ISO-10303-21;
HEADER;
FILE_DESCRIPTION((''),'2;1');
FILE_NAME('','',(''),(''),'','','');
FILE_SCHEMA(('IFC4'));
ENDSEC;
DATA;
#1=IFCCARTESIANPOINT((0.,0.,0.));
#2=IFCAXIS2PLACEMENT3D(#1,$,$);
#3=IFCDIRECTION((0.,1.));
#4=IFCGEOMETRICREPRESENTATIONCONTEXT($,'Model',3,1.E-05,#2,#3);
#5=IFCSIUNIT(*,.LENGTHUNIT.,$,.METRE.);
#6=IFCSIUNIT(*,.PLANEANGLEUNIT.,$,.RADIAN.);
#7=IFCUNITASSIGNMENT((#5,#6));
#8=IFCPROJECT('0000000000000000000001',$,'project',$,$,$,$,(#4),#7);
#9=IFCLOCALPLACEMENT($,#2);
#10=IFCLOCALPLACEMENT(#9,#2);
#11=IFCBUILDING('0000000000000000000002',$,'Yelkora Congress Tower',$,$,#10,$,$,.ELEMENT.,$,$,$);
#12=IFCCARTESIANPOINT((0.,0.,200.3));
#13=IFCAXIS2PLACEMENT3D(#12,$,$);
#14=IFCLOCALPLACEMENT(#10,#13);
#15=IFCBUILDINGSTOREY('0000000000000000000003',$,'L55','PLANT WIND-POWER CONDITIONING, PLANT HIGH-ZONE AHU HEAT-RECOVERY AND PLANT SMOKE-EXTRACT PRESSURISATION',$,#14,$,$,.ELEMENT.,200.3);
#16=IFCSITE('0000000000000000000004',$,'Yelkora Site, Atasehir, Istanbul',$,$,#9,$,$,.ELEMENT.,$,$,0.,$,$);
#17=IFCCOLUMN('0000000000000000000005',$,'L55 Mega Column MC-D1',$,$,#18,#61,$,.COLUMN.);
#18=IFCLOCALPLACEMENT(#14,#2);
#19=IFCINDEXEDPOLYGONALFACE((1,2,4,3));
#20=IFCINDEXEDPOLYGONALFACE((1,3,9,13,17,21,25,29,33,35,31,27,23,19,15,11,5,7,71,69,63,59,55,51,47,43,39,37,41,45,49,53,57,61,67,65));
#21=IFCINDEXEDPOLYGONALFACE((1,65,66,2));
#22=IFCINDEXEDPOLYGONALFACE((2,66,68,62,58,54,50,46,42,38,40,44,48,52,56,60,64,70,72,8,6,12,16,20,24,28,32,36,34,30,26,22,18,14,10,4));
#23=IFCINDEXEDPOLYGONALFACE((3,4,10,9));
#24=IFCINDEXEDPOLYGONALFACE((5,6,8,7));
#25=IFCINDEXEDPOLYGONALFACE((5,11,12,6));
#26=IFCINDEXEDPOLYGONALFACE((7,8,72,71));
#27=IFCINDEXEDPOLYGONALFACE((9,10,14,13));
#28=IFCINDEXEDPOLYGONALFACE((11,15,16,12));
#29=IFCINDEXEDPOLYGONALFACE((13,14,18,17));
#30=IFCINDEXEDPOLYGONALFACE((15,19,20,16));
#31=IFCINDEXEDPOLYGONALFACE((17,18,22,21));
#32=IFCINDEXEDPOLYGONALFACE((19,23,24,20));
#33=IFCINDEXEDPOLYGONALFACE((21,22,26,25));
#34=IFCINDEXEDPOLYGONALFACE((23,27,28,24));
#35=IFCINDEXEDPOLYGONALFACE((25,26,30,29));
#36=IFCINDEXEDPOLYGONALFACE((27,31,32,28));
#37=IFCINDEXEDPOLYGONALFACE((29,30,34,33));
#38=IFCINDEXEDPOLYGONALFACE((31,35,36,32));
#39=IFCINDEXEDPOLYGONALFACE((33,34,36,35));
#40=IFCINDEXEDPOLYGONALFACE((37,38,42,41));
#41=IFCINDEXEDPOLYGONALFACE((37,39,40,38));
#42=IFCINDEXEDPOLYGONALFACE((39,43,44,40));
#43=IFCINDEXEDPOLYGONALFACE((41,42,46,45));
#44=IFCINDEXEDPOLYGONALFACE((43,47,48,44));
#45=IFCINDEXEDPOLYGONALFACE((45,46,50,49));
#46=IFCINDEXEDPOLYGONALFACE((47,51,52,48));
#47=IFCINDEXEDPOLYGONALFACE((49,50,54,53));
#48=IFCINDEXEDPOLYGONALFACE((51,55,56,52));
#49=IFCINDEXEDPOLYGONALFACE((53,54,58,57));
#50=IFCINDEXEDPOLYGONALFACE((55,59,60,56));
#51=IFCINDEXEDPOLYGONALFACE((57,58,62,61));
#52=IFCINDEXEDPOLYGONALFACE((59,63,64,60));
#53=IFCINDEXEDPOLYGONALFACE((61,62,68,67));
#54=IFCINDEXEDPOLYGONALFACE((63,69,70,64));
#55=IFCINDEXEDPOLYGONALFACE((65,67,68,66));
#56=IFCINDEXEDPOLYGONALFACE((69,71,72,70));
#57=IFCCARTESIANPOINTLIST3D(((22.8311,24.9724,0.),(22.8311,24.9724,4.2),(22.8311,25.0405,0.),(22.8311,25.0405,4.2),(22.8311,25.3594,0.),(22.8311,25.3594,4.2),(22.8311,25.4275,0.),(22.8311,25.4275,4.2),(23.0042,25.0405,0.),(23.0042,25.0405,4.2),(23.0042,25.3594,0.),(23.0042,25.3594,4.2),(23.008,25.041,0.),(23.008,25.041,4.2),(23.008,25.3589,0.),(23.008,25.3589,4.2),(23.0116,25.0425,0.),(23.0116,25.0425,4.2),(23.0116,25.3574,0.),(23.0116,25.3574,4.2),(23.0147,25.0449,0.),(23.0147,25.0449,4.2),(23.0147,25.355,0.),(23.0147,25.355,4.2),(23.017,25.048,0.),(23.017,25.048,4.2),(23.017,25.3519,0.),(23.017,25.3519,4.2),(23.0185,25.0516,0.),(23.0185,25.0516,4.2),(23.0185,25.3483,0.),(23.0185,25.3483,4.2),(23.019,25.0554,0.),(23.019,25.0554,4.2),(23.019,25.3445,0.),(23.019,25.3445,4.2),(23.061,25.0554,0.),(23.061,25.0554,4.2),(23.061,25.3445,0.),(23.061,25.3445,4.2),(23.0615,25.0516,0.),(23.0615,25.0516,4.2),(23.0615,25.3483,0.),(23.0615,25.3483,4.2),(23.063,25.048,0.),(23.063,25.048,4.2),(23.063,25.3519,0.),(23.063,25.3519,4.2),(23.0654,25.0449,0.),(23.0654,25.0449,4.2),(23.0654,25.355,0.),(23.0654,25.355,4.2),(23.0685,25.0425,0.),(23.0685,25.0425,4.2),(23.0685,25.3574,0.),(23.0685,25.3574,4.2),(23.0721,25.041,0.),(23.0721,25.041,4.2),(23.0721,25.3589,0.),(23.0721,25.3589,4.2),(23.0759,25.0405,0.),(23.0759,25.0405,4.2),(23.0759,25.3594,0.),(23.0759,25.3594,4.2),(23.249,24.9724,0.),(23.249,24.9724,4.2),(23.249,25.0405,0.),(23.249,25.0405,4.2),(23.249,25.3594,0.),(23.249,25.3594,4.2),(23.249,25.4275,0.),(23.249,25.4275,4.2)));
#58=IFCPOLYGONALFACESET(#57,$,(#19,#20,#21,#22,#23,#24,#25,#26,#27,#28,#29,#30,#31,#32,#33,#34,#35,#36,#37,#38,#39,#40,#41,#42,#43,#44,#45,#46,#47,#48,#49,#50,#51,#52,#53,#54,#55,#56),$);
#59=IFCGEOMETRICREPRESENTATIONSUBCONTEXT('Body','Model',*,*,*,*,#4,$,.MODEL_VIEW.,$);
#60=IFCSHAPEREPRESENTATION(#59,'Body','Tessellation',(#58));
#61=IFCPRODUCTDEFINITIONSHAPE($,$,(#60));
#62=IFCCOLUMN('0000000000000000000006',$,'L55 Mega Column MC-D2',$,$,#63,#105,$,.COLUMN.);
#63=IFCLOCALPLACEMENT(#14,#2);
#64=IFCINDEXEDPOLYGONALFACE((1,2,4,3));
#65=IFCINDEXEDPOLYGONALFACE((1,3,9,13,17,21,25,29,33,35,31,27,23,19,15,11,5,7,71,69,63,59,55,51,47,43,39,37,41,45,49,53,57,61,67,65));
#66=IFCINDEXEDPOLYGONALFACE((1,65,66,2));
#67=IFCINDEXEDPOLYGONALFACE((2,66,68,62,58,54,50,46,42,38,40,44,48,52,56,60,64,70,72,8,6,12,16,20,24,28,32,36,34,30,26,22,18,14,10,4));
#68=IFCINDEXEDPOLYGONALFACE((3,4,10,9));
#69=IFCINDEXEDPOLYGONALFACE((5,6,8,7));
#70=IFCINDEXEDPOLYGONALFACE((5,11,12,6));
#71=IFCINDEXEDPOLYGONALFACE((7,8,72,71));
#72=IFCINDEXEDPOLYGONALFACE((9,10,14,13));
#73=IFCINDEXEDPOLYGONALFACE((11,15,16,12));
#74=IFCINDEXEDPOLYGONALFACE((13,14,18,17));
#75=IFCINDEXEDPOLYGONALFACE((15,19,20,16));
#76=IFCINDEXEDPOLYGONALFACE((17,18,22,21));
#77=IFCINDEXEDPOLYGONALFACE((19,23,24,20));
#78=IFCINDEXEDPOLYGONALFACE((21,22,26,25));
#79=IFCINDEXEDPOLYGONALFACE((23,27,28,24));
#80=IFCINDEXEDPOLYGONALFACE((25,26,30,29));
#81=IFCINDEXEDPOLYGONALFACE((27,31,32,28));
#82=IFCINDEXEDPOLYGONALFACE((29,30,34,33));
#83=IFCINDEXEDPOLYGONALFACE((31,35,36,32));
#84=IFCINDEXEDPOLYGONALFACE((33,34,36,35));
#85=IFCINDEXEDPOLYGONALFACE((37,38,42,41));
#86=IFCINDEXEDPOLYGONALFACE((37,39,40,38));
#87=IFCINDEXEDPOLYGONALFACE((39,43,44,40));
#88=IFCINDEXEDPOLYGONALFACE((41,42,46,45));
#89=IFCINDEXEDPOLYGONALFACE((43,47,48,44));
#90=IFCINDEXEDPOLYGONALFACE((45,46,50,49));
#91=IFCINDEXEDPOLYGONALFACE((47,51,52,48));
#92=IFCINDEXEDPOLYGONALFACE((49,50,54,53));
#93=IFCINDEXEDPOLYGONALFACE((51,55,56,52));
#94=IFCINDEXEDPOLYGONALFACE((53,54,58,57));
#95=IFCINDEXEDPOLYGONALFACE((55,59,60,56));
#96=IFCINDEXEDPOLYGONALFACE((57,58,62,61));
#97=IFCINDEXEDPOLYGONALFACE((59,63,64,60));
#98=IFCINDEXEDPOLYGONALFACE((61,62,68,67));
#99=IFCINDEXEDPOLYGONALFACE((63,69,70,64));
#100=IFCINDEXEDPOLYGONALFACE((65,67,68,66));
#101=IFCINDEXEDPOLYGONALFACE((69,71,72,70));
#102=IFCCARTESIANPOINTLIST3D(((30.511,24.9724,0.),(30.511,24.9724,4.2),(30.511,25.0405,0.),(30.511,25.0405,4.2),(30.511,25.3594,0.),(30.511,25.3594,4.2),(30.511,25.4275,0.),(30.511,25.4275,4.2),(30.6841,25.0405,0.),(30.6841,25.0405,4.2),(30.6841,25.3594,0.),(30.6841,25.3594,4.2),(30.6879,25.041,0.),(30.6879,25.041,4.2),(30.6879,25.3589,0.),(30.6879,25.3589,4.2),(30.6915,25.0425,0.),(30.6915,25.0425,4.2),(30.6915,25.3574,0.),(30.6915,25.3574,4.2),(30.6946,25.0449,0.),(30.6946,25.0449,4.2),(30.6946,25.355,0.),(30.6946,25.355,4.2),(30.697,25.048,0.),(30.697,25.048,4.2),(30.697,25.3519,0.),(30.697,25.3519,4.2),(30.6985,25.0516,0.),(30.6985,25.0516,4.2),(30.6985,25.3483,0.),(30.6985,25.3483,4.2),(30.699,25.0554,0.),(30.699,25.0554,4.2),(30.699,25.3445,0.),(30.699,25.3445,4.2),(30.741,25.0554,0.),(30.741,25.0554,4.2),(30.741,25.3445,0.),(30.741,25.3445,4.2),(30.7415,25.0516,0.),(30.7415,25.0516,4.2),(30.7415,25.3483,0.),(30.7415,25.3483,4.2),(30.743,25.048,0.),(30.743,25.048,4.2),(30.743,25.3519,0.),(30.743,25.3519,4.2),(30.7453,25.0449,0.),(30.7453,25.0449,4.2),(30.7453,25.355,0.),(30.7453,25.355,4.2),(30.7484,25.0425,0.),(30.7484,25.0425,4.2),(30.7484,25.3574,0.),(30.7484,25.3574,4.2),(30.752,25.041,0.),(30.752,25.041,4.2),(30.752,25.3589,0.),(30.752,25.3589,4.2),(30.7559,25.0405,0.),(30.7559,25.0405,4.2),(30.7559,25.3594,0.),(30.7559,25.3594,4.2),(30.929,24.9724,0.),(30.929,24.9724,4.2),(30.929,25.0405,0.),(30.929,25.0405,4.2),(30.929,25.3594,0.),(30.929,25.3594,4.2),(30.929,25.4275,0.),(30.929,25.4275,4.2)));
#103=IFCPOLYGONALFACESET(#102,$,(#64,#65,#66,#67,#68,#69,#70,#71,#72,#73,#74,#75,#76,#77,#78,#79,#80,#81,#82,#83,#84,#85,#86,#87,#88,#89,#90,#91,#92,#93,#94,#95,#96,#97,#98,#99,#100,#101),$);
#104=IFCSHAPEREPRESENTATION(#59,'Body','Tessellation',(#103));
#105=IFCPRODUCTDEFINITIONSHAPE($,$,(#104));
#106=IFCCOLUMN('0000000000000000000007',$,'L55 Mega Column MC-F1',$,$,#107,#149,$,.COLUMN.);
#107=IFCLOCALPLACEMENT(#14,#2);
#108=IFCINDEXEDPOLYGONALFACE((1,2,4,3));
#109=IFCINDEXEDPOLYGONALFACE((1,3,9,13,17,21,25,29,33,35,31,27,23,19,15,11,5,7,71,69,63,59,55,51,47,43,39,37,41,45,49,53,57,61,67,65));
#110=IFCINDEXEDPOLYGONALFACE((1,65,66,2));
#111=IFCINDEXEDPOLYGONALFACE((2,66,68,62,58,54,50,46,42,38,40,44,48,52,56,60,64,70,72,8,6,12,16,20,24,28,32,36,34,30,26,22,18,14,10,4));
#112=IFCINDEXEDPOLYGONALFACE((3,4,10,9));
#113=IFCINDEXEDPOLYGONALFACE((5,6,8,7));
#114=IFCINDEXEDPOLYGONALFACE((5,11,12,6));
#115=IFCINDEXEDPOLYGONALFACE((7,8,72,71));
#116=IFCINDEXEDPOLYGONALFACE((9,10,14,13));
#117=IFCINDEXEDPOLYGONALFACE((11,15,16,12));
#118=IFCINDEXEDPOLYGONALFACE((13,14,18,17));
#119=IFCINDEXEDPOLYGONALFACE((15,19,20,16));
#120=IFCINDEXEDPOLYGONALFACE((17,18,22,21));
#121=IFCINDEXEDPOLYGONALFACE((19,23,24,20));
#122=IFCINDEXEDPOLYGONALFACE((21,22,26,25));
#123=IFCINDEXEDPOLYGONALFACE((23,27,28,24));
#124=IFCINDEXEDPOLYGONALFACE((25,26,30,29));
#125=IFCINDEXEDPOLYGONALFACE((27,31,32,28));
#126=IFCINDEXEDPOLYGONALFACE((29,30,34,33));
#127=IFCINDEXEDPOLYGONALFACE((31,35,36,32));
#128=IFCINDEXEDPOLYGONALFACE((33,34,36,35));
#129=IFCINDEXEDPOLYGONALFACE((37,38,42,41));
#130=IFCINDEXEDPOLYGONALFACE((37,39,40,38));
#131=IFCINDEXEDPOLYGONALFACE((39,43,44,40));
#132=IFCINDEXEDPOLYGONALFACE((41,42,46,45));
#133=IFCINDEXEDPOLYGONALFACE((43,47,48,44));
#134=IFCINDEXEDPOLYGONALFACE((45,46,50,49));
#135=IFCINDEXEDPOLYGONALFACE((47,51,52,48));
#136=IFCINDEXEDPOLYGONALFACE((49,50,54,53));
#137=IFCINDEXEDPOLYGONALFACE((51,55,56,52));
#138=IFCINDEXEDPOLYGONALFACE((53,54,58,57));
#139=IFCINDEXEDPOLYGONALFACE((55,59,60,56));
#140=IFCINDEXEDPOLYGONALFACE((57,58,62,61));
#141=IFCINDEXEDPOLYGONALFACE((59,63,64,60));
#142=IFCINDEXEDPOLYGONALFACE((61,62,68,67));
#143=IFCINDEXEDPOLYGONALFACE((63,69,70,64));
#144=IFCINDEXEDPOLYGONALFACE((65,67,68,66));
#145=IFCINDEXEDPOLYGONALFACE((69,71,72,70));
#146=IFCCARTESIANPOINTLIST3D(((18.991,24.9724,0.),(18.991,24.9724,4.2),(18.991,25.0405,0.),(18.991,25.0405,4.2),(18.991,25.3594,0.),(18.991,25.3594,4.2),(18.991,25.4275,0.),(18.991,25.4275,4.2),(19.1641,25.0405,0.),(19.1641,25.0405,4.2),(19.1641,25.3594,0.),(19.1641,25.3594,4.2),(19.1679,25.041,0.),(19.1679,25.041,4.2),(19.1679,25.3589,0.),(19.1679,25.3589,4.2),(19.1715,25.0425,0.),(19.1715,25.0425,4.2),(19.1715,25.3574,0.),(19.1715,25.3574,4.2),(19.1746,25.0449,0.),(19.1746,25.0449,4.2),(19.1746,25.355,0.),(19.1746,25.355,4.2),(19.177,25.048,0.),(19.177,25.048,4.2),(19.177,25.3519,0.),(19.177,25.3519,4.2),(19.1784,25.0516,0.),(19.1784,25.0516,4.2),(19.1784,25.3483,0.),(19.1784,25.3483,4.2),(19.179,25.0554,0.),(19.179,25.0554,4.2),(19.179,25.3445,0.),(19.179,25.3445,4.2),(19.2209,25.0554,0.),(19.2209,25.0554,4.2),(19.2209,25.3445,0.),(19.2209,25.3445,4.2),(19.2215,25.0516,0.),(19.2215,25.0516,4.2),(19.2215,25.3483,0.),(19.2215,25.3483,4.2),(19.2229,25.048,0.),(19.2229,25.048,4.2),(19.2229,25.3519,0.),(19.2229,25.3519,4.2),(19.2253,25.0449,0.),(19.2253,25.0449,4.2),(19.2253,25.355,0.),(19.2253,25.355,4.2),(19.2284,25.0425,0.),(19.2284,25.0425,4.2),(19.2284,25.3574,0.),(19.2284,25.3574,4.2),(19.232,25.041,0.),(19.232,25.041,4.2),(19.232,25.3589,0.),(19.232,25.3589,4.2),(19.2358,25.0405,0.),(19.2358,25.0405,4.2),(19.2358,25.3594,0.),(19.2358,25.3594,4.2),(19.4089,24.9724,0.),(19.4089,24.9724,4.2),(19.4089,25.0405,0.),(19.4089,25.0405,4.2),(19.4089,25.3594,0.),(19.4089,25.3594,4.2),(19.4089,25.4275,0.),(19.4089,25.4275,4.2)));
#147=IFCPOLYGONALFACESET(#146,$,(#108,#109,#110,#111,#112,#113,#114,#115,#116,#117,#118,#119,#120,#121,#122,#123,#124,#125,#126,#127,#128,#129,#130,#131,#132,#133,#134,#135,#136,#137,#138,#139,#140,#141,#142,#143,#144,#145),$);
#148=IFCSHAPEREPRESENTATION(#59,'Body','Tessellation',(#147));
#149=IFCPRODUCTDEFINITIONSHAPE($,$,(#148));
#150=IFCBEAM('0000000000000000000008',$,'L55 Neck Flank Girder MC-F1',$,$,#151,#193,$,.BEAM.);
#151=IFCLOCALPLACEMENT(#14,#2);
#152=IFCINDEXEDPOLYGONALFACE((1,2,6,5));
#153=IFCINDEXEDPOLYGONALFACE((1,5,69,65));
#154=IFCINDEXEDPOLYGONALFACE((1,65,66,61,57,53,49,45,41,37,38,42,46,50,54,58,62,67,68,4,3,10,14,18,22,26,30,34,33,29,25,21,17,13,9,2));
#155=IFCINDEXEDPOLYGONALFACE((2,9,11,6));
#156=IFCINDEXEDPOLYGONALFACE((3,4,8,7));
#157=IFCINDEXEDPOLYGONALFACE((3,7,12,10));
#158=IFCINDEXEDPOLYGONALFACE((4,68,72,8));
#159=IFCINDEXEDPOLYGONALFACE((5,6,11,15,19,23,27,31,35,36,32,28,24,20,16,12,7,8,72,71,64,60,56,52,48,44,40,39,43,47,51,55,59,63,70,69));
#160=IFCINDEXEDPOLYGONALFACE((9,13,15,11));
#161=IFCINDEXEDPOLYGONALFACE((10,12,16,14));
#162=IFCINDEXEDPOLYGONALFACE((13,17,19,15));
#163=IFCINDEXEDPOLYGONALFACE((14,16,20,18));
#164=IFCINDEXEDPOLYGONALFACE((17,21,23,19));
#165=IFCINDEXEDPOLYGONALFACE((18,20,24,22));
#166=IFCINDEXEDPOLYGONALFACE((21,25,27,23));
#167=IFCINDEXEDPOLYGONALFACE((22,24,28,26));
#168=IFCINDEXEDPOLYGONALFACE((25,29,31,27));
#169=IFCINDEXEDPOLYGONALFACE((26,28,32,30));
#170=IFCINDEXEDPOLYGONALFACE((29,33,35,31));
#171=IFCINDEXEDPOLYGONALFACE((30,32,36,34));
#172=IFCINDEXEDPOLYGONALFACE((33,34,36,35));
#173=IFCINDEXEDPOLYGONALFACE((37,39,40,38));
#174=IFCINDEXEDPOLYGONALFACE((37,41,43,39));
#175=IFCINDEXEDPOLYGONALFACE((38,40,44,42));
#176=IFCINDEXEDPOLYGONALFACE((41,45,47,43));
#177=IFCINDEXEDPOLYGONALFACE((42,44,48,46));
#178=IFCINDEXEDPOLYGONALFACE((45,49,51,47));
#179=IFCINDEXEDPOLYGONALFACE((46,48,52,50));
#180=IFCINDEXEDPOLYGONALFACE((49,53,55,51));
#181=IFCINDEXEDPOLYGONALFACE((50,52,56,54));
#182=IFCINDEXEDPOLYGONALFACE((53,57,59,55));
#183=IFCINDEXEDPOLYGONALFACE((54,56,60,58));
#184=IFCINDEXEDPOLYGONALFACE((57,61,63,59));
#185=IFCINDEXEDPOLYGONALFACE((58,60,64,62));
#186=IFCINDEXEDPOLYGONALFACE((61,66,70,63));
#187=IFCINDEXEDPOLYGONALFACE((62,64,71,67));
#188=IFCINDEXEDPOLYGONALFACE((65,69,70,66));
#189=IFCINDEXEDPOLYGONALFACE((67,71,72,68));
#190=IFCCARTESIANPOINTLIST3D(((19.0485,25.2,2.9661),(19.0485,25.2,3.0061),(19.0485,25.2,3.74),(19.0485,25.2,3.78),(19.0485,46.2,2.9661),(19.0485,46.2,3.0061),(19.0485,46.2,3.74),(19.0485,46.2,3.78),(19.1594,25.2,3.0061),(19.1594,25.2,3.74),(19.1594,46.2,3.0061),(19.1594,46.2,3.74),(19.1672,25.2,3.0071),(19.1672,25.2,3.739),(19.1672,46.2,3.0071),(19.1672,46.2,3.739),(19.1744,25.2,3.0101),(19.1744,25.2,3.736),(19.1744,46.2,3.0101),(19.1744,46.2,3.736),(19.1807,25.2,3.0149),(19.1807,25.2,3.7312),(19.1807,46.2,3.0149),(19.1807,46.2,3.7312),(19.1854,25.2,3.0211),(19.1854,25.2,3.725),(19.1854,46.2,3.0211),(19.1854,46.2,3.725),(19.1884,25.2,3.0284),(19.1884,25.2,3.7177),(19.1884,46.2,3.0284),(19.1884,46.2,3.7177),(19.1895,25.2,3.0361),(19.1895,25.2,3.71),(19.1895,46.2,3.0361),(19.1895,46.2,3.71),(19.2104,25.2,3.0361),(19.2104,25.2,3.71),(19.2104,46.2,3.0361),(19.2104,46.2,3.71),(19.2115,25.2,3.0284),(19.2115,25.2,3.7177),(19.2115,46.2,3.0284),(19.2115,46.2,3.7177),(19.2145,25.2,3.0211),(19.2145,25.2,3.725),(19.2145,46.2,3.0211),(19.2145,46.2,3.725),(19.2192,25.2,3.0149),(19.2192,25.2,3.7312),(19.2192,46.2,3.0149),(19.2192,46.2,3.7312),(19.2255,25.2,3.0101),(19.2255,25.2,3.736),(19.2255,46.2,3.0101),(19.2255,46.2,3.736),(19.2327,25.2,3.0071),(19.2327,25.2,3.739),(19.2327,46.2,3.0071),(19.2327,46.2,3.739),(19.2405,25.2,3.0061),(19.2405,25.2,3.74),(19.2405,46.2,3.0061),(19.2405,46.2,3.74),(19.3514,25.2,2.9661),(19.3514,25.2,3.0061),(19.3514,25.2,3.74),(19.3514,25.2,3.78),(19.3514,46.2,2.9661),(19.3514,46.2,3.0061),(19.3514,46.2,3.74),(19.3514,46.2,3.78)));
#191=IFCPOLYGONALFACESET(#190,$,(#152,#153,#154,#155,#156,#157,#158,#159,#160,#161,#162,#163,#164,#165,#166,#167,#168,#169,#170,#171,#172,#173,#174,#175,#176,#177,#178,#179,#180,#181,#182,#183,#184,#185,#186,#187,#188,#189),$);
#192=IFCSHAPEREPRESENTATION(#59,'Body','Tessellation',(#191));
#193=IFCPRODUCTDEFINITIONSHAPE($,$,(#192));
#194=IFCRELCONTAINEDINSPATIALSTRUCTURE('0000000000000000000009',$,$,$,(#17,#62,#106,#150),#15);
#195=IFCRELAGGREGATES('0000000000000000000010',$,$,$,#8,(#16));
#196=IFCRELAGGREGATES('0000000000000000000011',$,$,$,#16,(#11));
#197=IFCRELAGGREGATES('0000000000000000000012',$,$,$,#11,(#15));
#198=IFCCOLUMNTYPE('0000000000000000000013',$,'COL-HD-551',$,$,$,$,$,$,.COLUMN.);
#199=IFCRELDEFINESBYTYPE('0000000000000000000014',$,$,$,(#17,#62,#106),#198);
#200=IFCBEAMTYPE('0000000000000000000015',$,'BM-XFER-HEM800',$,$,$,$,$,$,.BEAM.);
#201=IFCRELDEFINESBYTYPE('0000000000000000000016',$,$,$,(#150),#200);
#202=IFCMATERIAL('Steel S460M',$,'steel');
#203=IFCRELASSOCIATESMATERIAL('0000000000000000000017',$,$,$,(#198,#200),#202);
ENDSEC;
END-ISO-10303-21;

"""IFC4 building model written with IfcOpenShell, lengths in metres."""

from ifc_helpers import new_model, si_unit, direction, frame, origin, origin_2d, place, context, subcontext, project, spatial, i_section, extrude, material, material_profile, profile_set, type_object, element, save


model = new_model("IFC4")

# Units and contexts
model_context = context("Model", 3, precision=1e-05, world=origin(), true_north=direction((0.0, 1.0)))
body_context = subcontext(model_context, "Body", "Model", "MODEL_VIEW")
ifc_project = project(units=[si_unit("LENGTHUNIT", "METRE"), si_unit("PLANEANGLEUNIT", "RADIAN")], contexts=[model_context])

# Site, building, storey
site_placement = place(None, origin())
site = spatial("IfcSite", under=ifc_project, at=site_placement, Name="Yelkora Site, Atasehir, Istanbul", CompositionType="ELEMENT", RefElevation=0.0)
building_placement = place(site_placement, origin())
building = spatial("IfcBuilding", under=site, at=building_placement, Name="Yelkora Congress Tower", CompositionType="ELEMENT")
storey_placement = place(building_placement, frame((0.0, 0.0, 200.3)))
storey = spatial("IfcBuildingStorey", under=building, at=storey_placement, Name="L55", Description="PLANT WIND-POWER CONDITIONING, PLANT HIGH-ZONE AHU HEAT-RECOVERY AND PLANT SMOKE-EXTRACT PRESSURISATION", CompositionType="ELEMENT", Elevation=200.3)

# Columns
ifc_material_1 = material(Name="Steel S460M", Category="steel")
ifc_material_profile_1 = material_profile(ifc_material_1, i_section(OverallWidth=0.418, OverallDepth=0.4551, WebThickness=0.042, FlangeThickness=0.0681, FilletRadius=0.0149, at=origin_2d()), Name="HD 400x551")
ifc_profile_set_1 = profile_set([ifc_material_profile_1], Name="Steel S460M")
column_type = type_object("IfcColumnType", Name="COL-HD-551", PredefinedType="COLUMN", material=ifc_profile_set_1)
for number, where, z_axis, x_axis, name in (
    (1, (23.04, 25.2, 0.0), (0.0, 0.0, 1.0), (1.0, 0.0, 0.0), "L55 Mega Column MC-D1"),
    (2, (30.72, 25.2, 0.0), (0.0, 0.0, 1.0), (1.0, 0.0, 0.0), "L55 Mega Column MC-D2"),
    (3, (19.2, 25.2, 0.0), (0.0, 0.0, 1.0), (1.0, 0.0, 0.0), "L55 Mega Column MC-F1"),
):
    element("IfcColumn", number, at=place(storey_placement, frame(where, z_axis=z_axis, x_axis=x_axis)), inside=storey, type_object=column_type, Name=name, PredefinedType="COLUMN", context=body_context, shape_type="SweptSolid", body=[
        extrude(i_section(OverallWidth=0.418, OverallDepth=0.4551, WebThickness=0.042, FlangeThickness=0.0681, FilletRadius=0.0149, at=origin_2d()), origin(), (0.0, 0.0, 1.0), 4.2),
    ])

# Beam
ifc_material_profile_2 = material_profile(ifc_material_1, i_section(OverallWidth=0.303, OverallDepth=0.814, WebThickness=0.021, FlangeThickness=0.04, FilletRadius=0.03, at=origin_2d()), Name="HEM 800")
ifc_profile_set_2 = profile_set([ifc_material_profile_2], Name="Steel S460M")
beam_type_1 = type_object("IfcBeamType", Name="BM-XFER-HEM800", PredefinedType="BEAM", material=ifc_profile_set_2)
beam_1_placement = place(storey_placement, frame((19.2, 25.2, 3.373), z_axis=(0.0, 1.0, 0.0), x_axis=(-1.0, 0.0, 0.0)))
element("IfcBeam", 4, at=beam_1_placement, inside=storey, type_object=beam_type_1, Name="L55 Neck Flank Girder MC-F1", PredefinedType="BEAM", context=body_context, shape_type="SweptSolid", body=[
    extrude(i_section(OverallWidth=0.303, OverallDepth=0.814, WebThickness=0.021, FlangeThickness=0.04, FilletRadius=0.03, at=origin_2d()), origin(), (0.0, 0.0, 1.0), 21.0),
])

save(model, "model.ifc")
